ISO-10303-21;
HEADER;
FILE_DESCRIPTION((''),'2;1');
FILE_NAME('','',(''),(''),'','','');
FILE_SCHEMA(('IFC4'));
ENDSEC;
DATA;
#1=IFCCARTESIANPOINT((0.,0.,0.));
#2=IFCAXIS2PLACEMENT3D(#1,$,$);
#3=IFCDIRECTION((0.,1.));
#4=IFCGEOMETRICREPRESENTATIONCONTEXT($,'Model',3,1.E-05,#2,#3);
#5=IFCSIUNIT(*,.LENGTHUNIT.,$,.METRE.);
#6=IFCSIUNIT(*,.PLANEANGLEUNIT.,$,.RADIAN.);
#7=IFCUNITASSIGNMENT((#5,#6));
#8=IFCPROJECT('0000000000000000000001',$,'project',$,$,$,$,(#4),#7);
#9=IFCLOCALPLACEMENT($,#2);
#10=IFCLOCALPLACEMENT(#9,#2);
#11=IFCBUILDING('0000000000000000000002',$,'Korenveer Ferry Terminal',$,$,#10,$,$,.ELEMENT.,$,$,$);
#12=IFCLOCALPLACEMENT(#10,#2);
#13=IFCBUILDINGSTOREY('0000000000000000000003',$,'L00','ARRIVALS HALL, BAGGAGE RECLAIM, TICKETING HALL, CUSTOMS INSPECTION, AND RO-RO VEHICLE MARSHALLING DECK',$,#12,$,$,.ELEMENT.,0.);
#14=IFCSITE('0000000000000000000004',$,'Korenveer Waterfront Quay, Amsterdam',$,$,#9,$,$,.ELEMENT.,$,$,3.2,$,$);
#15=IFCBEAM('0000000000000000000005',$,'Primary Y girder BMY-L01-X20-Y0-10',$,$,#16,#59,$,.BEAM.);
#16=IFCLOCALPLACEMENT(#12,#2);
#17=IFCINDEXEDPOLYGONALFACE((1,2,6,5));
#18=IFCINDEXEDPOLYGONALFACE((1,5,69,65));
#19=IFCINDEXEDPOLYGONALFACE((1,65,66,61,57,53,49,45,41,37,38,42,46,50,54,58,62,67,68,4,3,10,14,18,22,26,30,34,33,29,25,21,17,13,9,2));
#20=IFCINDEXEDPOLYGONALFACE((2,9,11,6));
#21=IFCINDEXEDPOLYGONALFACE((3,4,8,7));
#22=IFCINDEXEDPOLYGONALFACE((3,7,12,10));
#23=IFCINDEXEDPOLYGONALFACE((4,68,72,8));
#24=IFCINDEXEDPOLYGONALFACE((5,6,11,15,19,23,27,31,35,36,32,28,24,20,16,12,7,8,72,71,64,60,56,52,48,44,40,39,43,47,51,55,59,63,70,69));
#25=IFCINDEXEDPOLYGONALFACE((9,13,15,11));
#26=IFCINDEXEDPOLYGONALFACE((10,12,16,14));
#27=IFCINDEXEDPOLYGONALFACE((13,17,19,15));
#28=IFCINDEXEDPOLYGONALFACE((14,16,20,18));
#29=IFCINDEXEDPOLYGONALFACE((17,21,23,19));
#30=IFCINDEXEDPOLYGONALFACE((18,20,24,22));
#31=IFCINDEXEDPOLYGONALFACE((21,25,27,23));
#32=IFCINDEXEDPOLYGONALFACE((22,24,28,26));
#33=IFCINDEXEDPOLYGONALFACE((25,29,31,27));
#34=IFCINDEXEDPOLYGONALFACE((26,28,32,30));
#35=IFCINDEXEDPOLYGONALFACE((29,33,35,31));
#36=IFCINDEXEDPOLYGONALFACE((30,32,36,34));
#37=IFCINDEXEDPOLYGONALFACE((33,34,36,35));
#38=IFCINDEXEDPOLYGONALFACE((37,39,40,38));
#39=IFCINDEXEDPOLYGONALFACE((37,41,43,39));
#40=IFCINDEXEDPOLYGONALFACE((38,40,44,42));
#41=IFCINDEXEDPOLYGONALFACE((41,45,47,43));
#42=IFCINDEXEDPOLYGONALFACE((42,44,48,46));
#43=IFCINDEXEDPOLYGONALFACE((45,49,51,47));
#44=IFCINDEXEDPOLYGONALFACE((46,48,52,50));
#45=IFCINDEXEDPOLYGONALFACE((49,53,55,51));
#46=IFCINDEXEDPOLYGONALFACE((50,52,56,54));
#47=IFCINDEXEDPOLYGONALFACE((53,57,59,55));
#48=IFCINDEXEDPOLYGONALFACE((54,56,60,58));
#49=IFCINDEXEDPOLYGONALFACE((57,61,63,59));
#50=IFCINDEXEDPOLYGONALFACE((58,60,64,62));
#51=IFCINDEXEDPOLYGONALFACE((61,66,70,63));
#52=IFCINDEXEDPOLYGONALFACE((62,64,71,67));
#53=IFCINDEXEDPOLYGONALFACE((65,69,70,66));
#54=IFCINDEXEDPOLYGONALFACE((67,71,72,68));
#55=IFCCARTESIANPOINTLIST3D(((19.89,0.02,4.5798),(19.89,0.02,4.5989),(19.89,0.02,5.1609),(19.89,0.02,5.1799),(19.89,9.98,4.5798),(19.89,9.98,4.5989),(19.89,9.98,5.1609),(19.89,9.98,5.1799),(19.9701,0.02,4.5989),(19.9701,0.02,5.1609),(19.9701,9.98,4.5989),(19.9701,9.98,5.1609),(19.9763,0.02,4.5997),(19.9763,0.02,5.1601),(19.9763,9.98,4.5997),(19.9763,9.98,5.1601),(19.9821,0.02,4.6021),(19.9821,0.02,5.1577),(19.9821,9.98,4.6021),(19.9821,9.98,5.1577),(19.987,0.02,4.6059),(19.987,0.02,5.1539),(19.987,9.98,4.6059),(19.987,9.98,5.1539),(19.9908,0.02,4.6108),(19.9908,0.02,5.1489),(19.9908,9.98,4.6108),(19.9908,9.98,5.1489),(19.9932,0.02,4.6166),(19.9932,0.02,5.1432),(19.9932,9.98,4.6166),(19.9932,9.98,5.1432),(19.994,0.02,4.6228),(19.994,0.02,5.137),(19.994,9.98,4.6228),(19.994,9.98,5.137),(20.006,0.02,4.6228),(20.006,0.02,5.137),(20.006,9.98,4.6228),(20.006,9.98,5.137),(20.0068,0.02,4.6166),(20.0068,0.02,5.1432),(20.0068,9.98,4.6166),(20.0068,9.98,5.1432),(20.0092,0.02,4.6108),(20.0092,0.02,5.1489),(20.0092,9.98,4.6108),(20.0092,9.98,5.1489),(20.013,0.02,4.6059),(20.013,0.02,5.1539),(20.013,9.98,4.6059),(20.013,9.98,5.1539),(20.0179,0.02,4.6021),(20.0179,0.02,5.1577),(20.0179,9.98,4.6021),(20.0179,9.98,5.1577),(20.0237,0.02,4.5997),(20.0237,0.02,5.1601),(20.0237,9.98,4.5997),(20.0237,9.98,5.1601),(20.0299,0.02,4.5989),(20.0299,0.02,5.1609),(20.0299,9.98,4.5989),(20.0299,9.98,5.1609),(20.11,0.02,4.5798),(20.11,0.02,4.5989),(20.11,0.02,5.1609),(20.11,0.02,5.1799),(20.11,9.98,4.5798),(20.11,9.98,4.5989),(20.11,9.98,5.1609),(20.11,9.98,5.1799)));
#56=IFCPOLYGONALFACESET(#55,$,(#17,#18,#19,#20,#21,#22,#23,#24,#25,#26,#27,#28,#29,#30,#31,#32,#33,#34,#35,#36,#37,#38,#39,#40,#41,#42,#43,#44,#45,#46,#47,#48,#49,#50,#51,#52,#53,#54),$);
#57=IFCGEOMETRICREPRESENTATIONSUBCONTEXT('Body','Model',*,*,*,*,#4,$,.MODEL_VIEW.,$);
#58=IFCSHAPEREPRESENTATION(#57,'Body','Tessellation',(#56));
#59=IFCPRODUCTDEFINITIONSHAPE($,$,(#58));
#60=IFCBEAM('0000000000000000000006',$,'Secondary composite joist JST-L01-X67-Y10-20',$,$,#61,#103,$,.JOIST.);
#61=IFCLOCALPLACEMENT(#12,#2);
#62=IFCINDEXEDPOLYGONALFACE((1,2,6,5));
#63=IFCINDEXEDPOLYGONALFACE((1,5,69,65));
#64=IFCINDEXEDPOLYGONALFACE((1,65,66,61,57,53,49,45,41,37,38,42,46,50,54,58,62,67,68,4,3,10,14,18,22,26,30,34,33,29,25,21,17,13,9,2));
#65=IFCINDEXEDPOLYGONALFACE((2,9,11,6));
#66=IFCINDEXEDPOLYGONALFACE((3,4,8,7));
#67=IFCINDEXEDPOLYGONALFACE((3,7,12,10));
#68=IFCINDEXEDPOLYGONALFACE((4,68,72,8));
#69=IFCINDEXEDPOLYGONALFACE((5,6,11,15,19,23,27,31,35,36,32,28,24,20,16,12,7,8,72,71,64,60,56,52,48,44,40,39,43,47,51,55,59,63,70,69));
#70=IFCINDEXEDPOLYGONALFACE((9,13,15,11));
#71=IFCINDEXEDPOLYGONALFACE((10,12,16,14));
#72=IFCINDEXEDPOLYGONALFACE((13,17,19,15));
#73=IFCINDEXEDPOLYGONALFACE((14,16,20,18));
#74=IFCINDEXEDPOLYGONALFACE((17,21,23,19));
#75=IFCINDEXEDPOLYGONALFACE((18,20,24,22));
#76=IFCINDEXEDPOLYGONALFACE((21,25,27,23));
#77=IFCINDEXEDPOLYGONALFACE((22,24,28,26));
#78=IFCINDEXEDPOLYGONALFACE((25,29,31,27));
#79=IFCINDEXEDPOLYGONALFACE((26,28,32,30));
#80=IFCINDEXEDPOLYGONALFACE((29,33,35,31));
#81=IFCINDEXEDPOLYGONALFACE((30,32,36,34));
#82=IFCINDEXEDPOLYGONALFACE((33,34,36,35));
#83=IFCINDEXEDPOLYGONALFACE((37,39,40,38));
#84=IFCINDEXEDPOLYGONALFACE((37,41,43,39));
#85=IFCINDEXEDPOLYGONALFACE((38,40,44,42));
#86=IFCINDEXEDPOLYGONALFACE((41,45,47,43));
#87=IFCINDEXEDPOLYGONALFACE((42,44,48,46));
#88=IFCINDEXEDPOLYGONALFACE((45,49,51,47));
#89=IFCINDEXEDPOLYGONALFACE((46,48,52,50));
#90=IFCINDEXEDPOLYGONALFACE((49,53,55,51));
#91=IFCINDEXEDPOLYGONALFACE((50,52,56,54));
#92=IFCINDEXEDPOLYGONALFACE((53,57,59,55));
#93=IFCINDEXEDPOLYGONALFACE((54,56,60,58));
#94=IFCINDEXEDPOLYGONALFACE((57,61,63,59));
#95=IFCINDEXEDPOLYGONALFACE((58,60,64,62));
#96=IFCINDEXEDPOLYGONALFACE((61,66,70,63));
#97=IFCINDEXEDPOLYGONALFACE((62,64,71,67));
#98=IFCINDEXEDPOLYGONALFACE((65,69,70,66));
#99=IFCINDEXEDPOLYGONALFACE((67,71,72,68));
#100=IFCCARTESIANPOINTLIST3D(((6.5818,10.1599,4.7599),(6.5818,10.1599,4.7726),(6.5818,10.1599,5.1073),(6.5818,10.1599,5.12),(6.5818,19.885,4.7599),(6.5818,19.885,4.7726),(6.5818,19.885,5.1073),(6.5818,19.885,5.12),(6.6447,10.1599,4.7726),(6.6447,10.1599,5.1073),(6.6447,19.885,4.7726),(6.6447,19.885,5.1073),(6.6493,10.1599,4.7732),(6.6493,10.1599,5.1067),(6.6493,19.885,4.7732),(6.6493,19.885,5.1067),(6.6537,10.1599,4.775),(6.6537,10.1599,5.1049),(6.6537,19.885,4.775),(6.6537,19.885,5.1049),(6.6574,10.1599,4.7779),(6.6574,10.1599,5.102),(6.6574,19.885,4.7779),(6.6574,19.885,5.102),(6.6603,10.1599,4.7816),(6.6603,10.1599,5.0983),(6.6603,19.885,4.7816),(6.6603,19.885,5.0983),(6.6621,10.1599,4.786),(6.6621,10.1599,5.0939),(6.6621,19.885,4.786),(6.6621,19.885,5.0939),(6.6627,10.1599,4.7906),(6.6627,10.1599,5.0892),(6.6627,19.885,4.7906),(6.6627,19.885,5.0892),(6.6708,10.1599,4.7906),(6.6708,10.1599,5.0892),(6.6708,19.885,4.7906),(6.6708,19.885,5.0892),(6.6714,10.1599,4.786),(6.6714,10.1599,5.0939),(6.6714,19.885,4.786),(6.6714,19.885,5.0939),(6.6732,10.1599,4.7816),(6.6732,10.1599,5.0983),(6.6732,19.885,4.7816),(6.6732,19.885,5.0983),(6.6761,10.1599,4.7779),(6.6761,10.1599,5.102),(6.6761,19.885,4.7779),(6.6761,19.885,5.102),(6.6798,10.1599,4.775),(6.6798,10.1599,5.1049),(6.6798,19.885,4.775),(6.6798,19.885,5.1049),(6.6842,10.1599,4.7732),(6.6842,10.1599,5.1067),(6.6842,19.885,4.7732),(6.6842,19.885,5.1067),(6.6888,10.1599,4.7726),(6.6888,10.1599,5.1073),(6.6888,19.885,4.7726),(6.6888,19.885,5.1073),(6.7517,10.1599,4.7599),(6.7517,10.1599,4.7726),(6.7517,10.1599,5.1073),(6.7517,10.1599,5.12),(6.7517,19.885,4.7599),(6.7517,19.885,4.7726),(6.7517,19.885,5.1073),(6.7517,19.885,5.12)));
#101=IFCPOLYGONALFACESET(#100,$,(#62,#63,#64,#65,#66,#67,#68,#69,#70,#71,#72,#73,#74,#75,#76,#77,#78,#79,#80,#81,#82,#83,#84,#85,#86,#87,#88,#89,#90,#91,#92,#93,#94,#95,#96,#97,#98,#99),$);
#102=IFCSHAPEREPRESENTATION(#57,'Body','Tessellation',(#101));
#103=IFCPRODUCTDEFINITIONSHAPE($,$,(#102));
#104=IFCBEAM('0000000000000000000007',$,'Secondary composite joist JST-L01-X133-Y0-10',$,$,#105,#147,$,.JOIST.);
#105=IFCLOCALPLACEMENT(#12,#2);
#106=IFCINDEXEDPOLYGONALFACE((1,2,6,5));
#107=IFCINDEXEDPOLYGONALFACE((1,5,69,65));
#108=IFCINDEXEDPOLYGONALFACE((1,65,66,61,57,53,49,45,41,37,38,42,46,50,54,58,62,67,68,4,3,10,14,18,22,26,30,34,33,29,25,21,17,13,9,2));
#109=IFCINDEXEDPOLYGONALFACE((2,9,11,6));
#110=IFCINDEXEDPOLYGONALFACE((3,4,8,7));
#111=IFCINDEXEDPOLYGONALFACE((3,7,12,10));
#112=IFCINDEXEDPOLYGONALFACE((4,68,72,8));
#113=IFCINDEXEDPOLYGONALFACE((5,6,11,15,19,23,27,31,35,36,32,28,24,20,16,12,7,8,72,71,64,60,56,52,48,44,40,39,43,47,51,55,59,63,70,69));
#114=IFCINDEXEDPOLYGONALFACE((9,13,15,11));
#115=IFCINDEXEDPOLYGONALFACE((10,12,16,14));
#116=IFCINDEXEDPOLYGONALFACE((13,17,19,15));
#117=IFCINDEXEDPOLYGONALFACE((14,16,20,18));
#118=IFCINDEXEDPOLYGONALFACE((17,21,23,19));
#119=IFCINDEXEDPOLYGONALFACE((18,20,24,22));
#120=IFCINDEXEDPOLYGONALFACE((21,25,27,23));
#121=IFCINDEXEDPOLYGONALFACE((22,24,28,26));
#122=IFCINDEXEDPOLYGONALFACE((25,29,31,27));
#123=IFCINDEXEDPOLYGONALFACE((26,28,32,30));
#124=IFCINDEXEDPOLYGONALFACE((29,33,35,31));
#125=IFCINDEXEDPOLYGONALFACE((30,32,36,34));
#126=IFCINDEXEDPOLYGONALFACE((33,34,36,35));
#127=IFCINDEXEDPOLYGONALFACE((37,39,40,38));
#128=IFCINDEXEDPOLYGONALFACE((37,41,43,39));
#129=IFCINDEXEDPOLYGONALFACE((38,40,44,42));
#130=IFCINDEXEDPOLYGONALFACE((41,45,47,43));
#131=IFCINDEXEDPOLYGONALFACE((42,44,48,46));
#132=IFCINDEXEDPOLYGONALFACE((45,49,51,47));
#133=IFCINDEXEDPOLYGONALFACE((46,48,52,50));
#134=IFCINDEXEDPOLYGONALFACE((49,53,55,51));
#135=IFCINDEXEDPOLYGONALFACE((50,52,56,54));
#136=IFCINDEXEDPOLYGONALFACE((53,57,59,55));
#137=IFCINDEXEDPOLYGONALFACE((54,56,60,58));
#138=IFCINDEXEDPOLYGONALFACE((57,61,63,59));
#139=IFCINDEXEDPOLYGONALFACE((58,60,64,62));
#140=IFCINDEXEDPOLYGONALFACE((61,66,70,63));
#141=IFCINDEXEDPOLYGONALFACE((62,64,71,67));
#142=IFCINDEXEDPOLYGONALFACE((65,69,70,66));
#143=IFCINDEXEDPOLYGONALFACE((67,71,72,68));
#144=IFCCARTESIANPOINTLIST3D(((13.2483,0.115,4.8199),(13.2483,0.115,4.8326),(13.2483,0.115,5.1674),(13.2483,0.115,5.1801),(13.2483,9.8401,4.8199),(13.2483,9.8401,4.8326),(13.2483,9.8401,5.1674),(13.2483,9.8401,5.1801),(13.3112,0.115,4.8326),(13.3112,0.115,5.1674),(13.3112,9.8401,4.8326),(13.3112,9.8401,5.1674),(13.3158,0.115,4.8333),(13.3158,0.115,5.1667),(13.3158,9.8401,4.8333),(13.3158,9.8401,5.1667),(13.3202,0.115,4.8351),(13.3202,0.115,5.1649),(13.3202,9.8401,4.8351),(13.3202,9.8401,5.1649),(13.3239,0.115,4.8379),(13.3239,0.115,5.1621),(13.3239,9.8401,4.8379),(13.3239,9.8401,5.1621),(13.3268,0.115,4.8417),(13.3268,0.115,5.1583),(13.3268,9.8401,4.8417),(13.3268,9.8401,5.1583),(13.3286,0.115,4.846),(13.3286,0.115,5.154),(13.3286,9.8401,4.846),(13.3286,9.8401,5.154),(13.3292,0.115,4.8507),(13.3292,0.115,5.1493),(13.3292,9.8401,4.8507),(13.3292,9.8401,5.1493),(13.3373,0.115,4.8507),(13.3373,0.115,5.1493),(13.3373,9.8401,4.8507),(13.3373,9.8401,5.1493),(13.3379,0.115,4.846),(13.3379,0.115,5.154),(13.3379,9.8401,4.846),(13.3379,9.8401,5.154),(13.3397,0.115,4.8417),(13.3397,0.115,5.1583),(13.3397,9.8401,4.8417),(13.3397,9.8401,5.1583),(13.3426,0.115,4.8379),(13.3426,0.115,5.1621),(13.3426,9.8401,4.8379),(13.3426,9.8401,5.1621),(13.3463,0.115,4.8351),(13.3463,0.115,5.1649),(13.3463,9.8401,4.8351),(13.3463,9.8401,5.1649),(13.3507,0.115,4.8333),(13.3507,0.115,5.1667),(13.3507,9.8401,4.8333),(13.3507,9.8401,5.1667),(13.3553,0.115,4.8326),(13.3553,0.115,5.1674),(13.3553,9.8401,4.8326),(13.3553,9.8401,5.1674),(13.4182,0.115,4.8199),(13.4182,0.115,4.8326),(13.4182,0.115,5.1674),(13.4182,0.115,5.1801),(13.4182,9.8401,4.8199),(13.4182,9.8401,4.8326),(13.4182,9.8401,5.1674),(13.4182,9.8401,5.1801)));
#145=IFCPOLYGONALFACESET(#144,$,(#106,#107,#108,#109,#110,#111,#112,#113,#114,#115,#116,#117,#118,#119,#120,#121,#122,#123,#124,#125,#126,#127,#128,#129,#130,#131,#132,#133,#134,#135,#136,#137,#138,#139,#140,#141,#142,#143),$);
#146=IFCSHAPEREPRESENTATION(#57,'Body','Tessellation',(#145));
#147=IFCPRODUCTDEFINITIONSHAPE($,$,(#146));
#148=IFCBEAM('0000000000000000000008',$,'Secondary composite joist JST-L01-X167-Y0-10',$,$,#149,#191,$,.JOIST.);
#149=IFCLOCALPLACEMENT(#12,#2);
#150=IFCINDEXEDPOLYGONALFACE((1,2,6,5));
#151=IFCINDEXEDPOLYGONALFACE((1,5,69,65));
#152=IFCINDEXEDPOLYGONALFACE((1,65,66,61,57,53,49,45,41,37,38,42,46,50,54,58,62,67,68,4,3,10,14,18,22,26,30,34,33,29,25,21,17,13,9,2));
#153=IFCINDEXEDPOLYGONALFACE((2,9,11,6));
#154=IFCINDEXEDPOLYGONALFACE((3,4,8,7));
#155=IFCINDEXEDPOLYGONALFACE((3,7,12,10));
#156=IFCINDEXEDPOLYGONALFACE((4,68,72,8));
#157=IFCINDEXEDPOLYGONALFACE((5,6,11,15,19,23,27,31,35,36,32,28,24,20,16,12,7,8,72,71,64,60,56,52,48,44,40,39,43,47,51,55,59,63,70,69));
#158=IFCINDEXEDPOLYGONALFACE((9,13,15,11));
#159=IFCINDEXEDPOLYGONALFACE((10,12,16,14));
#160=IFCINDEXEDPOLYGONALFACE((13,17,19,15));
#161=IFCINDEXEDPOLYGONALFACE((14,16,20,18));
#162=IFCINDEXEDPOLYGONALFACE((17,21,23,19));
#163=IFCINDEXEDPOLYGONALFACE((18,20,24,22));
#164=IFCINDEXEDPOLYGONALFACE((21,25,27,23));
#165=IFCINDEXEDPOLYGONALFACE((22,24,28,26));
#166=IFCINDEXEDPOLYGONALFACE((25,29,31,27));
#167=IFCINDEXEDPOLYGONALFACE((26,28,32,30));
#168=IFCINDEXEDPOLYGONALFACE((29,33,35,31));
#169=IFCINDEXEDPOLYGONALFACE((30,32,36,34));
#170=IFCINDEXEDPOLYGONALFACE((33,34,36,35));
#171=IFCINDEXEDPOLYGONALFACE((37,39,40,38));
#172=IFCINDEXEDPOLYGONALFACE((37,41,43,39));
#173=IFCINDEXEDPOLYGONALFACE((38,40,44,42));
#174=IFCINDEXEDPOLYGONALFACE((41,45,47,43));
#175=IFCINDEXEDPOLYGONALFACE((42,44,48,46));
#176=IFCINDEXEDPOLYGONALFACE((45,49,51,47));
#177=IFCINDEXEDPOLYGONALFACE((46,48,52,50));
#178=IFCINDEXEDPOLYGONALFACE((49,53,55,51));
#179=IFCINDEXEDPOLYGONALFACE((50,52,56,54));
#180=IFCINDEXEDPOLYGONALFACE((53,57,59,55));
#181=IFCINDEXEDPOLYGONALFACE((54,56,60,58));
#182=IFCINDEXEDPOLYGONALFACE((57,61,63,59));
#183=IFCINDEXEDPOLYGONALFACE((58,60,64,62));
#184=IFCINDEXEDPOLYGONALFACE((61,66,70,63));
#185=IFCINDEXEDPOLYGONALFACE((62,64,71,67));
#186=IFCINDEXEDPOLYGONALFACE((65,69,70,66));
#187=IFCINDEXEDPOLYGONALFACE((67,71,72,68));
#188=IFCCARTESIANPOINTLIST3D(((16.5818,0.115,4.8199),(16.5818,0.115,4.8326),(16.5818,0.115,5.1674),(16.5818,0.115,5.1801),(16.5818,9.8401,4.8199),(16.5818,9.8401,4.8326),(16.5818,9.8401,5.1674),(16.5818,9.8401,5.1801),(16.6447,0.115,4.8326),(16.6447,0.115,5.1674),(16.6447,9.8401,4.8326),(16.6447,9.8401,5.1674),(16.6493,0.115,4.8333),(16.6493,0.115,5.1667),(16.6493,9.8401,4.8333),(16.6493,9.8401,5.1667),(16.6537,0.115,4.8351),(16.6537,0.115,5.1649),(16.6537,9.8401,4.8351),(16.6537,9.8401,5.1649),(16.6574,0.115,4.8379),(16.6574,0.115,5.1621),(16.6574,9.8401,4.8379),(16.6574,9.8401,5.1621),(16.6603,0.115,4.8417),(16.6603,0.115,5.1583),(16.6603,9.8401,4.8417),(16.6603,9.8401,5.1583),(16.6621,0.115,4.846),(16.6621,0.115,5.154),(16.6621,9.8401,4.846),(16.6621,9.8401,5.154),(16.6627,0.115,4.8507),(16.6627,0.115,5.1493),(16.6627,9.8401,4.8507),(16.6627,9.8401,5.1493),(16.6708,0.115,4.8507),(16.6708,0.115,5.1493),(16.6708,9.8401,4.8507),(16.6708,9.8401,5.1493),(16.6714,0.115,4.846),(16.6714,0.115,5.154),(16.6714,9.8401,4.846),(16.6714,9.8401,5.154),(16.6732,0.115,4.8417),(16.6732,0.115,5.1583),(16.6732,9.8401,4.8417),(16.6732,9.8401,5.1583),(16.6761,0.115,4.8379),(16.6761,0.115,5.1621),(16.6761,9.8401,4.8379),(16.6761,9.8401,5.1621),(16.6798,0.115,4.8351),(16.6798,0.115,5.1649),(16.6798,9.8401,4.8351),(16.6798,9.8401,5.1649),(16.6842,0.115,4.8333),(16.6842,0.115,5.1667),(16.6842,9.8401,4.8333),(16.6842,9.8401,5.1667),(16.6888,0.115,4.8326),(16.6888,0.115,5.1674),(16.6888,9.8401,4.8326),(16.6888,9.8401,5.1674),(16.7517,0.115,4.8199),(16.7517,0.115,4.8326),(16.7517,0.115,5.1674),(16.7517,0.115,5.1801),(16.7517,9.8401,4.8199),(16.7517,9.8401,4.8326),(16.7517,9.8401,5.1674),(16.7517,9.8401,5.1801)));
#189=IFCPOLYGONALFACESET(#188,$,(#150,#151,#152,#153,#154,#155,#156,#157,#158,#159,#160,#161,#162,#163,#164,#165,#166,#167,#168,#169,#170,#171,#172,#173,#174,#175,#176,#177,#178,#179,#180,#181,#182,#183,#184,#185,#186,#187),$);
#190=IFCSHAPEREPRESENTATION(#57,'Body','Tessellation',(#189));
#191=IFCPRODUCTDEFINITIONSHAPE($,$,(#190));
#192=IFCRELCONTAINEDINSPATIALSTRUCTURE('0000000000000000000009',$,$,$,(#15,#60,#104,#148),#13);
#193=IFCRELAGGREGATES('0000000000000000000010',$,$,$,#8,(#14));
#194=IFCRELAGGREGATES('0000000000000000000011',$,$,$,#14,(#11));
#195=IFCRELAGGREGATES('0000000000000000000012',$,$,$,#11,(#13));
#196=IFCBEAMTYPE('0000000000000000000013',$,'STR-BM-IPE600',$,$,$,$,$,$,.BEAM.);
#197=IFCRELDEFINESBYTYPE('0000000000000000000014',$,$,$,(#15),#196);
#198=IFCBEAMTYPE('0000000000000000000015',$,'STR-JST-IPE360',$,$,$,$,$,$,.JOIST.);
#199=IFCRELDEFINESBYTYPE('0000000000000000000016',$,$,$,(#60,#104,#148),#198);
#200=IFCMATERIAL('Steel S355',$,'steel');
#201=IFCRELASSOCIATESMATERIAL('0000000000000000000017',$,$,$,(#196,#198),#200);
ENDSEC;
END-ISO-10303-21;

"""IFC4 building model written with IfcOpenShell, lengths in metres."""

from ifc_helpers import new_model, si_unit, direction, frame, origin, origin_2d, place, context, subcontext, project, spatial, i_section, extrude, material, material_profile, profile_set, type_object, element, save


model = new_model("IFC4")

# Units and contexts
model_context = context("Model", 3, precision=1e-05, world=origin(), true_north=direction((0.0, 1.0)))
body_context = subcontext(model_context, "Body", "Model", "MODEL_VIEW")
ifc_project = project(units=[si_unit("LENGTHUNIT", "METRE"), si_unit("PLANEANGLEUNIT", "RADIAN")], contexts=[model_context])

# Site, building, storey
site_placement = place(None, origin())
site = spatial("IfcSite", under=ifc_project, at=site_placement, Name="Korenveer Waterfront Quay, Amsterdam", CompositionType="ELEMENT", RefElevation=3.2)
building_placement = place(site_placement, origin())
building = spatial("IfcBuilding", under=site, at=building_placement, Name="Korenveer Ferry Terminal", CompositionType="ELEMENT")
storey_placement = place(building_placement, origin())
storey = spatial("IfcBuildingStorey", under=building, at=storey_placement, Name="L00", Description="ARRIVALS HALL, BAGGAGE RECLAIM, TICKETING HALL, CUSTOMS INSPECTION, AND RO-RO VEHICLE MARSHALLING DECK", CompositionType="ELEMENT", Elevation=0.0)

# Beams
ifc_material_1 = material(Name="Steel S355", Category="steel")
ifc_material_profile_1 = material_profile(ifc_material_1, i_section(OverallWidth=0.22, OverallDepth=0.6001, WebThickness=0.012, FlangeThickness=0.019, FilletRadius=0.0239, at=origin_2d()), Name="IPE 600")
ifc_profile_set_1 = profile_set([ifc_material_profile_1], Name="Steel S355")
beam_type_1 = type_object("IfcBeamType", Name="STR-BM-IPE600", PredefinedType="BEAM", material=ifc_profile_set_1)
for number, where, z_axis, x_axis, name in (
    (1, (20.0, 0.02, 4.8799), (0.0, 1.0, 0.0), (-1.0, 0.0, 0.0), "Primary Y girder BMY-L01-X20-Y0-10"),
):
    element("IfcBeam", number, at=place(storey_placement, frame(where, z_axis=z_axis, x_axis=x_axis)), inside=storey, type_object=beam_type_1, Name=name, PredefinedType="BEAM", context=body_context, shape_type="SweptSolid", body=[
        extrude(i_section(OverallWidth=0.22, OverallDepth=0.6001, WebThickness=0.012, FlangeThickness=0.019, FilletRadius=0.0239, at=origin_2d()), origin(), (0.0, 0.0, 1.0), 9.96),
    ])
ifc_material_profile_2 = material_profile(ifc_material_1, i_section(OverallWidth=0.1699, OverallDepth=0.3601, WebThickness=0.0081, FlangeThickness=0.0127, FilletRadius=0.0181, at=origin_2d()), Name="IPE 360")
ifc_profile_set_2 = profile_set([ifc_material_profile_2], Name="Steel S355")
beam_type_2 = type_object("IfcBeamType", Name="STR-JST-IPE360", PredefinedType="JOIST", material=ifc_profile_set_2)
for number, where, z_axis, x_axis, name in (
    (2, (6.6667, 10.1599, 4.9399), (0.0, 1.0, 0.0), (-1.0, 0.0, 0.0), "Secondary composite joist JST-L01-X67-Y10-20"),
    (3, (13.3333, 0.115, 5.0), (0.0, 1.0, 0.0), (-1.0, 0.0, 0.0), "Secondary composite joist JST-L01-X133-Y0-10"),
    (4, (16.6667, 0.115, 5.0), (0.0, 1.0, 0.0), (-1.0, 0.0, 0.0), "Secondary composite joist JST-L01-X167-Y0-10"),
):
    element("IfcBeam", number, at=place(storey_placement, frame(where, z_axis=z_axis, x_axis=x_axis)), inside=storey, type_object=beam_type_2, Name=name, PredefinedType="JOIST", context=body_context, shape_type="SweptSolid", body=[
        extrude(i_section(OverallWidth=0.1699, OverallDepth=0.3601, WebThickness=0.0081, FlangeThickness=0.0127, FilletRadius=0.0181, at=origin_2d()), origin(), (0.0, 0.0, 1.0), 9.7251),
    ])

save(model, "model.ifc")
